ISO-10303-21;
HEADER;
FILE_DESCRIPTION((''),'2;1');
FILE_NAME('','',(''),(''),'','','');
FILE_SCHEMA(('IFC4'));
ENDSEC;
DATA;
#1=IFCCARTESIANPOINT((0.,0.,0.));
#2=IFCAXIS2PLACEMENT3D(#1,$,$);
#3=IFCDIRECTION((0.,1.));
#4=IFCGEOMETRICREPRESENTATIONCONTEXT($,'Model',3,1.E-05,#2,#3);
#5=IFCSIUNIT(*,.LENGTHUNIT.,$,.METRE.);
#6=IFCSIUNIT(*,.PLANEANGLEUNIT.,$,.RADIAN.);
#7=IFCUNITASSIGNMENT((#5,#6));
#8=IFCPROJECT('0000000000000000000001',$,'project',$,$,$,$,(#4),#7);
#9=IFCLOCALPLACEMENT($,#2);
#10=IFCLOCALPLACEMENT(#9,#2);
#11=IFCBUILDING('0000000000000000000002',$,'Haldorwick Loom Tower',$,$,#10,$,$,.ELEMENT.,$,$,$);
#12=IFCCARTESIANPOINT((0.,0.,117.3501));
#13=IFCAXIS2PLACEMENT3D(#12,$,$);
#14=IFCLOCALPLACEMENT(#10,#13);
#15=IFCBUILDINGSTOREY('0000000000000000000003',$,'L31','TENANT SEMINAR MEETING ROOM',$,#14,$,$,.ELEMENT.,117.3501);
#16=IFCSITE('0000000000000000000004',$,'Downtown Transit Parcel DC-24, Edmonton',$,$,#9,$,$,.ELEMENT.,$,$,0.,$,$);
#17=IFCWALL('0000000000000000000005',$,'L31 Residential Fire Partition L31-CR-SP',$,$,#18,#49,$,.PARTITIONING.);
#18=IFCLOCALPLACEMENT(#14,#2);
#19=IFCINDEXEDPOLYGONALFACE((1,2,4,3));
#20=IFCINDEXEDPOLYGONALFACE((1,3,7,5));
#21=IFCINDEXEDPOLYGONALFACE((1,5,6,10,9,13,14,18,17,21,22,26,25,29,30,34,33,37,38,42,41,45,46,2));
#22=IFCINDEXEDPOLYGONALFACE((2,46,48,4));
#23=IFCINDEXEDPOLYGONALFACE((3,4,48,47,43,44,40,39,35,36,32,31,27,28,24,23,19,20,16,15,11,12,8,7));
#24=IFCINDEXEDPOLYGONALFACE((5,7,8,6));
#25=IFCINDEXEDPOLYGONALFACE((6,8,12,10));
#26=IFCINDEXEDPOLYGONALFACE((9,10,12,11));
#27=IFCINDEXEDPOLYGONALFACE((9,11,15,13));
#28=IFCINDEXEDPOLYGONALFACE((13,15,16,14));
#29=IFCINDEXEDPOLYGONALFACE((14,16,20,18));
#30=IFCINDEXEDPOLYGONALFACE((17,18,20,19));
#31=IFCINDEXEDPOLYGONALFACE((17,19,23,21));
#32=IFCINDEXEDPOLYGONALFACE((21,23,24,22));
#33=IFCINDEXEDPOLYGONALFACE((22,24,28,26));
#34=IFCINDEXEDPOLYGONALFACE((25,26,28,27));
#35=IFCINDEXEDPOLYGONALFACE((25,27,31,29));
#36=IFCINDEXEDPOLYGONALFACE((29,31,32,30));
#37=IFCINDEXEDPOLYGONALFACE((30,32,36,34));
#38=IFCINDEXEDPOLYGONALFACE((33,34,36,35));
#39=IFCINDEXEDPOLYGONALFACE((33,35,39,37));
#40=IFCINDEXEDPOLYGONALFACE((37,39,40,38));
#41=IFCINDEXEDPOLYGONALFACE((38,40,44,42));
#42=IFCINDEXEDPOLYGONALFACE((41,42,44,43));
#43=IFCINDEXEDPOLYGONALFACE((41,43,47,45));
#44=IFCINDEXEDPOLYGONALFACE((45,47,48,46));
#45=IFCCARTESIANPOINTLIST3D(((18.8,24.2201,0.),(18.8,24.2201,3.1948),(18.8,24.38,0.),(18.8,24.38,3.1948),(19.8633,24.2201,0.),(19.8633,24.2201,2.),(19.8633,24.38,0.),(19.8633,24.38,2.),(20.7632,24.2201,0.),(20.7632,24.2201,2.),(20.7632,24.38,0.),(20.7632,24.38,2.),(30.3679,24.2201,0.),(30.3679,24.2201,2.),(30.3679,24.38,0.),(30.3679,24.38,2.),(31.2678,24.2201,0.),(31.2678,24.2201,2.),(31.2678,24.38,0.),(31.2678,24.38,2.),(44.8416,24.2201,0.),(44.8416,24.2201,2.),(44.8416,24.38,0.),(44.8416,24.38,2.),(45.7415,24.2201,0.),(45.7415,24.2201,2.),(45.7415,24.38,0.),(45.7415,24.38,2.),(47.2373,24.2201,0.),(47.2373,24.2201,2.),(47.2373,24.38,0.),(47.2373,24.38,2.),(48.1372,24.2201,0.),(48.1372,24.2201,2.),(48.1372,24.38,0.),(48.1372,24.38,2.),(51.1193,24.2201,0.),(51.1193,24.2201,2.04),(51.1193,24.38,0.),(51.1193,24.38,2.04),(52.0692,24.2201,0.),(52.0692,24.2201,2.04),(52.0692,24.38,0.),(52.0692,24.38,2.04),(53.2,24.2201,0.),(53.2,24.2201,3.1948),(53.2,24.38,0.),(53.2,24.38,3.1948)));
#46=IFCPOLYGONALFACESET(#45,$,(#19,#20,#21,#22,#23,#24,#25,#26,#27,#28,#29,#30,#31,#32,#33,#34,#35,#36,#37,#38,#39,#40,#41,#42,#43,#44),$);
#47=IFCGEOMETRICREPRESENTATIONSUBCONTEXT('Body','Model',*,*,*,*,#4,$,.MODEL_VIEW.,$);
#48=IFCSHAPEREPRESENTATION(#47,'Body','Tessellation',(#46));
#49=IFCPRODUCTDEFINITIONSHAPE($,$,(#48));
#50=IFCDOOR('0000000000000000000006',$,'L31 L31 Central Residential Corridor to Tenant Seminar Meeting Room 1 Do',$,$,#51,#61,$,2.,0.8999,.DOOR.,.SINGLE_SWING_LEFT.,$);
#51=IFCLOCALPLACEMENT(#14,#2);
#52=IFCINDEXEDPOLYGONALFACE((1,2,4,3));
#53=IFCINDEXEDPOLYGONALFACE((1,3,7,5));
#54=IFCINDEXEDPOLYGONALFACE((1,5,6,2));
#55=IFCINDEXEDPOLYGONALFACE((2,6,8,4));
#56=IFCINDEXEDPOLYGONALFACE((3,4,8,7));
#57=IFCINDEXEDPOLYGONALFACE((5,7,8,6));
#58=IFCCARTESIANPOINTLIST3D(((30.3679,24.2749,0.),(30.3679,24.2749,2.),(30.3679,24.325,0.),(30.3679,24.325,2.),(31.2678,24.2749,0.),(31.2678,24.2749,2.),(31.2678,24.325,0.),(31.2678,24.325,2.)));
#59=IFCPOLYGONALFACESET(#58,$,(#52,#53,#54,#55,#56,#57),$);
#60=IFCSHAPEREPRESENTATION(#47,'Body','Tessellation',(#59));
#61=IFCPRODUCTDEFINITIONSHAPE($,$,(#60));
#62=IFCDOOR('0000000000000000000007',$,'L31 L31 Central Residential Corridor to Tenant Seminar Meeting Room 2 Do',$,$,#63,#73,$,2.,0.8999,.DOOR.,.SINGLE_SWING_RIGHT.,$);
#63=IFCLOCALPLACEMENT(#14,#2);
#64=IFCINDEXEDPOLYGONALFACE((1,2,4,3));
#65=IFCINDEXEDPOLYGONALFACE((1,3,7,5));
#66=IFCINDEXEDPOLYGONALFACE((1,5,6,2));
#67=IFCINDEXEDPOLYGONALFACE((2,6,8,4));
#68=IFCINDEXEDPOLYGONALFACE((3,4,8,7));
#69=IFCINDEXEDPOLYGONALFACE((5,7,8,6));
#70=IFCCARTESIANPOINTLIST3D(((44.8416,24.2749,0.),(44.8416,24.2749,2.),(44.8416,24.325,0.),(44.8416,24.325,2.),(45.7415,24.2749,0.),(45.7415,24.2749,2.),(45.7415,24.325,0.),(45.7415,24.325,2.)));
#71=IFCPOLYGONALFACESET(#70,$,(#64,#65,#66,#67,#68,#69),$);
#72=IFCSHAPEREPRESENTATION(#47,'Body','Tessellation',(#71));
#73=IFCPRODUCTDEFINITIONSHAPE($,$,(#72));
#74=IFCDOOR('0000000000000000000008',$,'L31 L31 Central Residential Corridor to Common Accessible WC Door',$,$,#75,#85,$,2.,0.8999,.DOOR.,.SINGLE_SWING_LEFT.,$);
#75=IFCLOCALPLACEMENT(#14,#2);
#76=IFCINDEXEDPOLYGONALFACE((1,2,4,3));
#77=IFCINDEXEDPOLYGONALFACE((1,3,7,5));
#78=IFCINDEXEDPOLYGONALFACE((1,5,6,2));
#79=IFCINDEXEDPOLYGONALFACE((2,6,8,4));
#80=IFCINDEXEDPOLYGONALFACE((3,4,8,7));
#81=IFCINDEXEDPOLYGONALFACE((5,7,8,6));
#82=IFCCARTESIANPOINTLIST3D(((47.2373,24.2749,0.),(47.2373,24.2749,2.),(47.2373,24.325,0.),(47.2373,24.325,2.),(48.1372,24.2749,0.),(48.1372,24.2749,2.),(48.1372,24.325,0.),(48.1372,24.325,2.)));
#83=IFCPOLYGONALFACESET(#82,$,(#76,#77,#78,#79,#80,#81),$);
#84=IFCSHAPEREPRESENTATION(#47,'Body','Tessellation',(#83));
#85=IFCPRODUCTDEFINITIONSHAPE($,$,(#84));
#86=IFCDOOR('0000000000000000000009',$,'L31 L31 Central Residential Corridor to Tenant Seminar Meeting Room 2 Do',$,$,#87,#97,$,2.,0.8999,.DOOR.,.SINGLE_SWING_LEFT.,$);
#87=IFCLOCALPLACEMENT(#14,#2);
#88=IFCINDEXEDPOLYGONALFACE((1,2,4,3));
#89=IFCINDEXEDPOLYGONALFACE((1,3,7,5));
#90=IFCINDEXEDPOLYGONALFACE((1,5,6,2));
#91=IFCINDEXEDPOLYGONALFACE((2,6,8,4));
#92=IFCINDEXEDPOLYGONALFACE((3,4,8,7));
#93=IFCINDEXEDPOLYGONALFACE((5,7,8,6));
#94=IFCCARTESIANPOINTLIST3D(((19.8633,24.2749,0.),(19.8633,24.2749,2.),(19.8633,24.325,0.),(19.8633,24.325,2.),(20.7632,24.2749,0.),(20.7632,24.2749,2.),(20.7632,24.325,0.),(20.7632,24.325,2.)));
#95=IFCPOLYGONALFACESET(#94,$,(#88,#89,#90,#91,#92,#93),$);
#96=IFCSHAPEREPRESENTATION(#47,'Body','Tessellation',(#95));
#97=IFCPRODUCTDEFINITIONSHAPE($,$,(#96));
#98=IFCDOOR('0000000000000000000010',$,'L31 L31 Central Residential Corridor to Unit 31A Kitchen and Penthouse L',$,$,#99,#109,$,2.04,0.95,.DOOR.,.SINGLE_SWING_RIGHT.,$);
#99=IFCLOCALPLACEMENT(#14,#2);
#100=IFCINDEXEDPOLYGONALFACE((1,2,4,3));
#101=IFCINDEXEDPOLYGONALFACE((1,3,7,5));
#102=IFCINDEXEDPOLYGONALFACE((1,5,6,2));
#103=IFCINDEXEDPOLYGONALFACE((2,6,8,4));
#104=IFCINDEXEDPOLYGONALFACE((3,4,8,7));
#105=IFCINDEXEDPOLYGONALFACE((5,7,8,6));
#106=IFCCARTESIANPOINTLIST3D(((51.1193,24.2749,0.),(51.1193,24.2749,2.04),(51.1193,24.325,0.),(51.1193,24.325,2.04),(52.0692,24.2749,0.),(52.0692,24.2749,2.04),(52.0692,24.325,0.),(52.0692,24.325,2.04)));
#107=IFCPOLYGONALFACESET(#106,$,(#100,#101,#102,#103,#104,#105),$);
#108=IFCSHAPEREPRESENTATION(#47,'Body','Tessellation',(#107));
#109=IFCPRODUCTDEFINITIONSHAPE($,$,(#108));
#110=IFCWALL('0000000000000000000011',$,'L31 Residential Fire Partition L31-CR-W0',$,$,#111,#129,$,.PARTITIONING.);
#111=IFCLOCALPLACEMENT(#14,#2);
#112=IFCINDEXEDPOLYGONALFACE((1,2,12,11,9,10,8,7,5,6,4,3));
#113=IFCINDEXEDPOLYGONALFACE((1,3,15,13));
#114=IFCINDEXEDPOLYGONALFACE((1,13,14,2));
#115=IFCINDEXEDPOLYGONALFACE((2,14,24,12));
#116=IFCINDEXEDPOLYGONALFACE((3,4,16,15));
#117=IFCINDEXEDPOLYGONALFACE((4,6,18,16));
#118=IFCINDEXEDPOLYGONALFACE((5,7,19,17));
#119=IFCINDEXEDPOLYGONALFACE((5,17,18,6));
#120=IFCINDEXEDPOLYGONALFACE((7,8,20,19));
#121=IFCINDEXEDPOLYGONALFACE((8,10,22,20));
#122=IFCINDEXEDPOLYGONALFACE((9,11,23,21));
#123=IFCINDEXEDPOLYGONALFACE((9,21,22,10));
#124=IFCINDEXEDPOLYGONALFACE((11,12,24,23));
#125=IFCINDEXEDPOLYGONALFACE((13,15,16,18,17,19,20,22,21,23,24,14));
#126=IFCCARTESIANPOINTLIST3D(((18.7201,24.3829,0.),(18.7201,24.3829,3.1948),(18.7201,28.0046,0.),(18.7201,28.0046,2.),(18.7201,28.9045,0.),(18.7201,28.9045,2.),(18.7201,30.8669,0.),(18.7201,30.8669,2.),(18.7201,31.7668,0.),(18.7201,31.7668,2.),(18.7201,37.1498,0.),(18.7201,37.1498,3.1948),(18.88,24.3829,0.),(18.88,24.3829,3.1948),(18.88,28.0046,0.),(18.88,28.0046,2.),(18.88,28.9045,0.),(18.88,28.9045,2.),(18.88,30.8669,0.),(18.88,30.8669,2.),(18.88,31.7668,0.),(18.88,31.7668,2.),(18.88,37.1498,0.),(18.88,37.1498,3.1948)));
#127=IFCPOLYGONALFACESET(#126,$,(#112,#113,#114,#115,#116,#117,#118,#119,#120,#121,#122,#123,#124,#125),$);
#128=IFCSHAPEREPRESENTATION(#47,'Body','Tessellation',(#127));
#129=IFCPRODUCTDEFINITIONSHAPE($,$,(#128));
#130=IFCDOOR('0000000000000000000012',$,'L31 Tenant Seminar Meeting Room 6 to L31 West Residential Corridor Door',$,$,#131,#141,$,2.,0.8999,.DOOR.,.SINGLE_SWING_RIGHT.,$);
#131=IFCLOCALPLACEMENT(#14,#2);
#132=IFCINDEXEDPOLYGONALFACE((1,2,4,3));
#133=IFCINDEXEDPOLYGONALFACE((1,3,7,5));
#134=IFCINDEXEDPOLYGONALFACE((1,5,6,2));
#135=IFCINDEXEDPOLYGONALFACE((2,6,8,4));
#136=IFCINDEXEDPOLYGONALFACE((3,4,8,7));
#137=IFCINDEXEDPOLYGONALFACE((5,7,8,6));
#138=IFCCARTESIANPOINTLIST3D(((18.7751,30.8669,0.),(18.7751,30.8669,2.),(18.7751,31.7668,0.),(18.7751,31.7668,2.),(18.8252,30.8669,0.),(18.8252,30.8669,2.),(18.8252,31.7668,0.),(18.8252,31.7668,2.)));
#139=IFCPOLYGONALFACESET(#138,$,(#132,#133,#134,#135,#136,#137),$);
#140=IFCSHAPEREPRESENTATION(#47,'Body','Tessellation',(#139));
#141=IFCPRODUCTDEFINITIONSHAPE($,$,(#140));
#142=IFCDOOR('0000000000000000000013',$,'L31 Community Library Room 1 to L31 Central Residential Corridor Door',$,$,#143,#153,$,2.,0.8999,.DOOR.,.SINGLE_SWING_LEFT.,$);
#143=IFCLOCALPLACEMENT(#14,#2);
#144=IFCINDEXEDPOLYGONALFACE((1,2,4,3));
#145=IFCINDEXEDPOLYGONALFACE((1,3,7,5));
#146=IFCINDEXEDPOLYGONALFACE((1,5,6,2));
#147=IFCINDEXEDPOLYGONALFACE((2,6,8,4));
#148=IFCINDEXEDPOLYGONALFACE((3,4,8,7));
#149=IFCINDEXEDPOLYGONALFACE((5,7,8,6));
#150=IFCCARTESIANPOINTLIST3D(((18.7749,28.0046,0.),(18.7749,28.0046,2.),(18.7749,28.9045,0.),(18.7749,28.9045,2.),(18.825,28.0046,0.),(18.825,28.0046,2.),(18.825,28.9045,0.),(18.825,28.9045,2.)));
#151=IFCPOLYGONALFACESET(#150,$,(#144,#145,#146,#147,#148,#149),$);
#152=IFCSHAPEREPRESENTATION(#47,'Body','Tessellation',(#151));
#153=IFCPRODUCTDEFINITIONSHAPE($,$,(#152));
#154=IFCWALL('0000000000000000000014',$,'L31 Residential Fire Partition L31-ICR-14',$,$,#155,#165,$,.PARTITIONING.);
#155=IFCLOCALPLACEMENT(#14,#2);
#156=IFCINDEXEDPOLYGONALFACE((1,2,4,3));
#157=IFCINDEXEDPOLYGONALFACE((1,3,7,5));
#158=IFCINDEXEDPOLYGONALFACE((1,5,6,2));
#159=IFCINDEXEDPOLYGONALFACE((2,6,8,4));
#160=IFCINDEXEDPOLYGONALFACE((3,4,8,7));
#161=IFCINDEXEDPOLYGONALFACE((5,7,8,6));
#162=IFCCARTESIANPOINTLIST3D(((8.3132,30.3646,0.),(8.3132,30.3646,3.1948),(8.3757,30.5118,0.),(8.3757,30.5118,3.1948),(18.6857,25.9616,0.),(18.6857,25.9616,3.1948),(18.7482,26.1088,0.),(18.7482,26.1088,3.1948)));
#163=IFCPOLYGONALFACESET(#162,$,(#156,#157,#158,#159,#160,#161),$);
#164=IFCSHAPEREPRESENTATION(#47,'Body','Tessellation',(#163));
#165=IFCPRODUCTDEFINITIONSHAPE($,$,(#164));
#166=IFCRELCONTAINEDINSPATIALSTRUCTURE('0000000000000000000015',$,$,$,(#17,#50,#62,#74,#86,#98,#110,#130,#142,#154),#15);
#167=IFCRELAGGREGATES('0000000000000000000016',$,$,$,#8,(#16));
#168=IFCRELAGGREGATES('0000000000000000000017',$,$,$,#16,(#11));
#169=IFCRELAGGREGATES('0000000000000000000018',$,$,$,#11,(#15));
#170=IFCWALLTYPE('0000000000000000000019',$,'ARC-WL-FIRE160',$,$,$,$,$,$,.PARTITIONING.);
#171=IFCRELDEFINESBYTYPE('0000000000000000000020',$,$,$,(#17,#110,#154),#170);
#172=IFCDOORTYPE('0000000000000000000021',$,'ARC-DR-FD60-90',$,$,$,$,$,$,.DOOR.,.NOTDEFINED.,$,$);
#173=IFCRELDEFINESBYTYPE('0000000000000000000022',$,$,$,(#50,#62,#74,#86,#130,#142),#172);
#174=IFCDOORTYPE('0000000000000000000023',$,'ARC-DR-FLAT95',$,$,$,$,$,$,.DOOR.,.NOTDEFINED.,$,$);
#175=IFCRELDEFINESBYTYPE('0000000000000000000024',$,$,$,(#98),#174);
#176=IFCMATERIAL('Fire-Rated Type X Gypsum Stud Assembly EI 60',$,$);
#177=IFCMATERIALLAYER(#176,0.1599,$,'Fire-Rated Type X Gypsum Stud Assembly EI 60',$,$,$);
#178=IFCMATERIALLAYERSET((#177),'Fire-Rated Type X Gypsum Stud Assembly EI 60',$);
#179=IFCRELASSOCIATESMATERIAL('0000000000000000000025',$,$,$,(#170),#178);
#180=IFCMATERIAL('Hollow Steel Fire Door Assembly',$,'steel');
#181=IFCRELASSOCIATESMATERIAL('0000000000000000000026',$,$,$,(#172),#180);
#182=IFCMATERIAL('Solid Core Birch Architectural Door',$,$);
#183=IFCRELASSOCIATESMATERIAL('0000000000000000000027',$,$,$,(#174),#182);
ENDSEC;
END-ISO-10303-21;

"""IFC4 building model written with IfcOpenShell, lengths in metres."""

from ifc_helpers import new_model, si_unit, direction, frame, frame_2d, origin, place, context, subcontext, project, spatial, rectangle, extrude, material, layer, layer_set, type_object, element, fill, save


model = new_model("IFC4")

# Units and contexts
model_context = context("Model", 3, precision=1e-05, world=origin(), true_north=direction((0.0, 1.0)))
body_context = subcontext(model_context, "Body", "Model", "MODEL_VIEW")
ifc_project = project(units=[si_unit("LENGTHUNIT", "METRE"), si_unit("PLANEANGLEUNIT", "RADIAN")], contexts=[model_context])

# Site, building, storey
site_placement = place(None, origin())
site = spatial("IfcSite", under=ifc_project, at=site_placement, Name="Downtown Transit Parcel DC-24, Edmonton", CompositionType="ELEMENT", RefElevation=0.0)
building_placement = place(site_placement, origin())
building = spatial("IfcBuilding", under=site, at=building_placement, Name="Haldorwick Loom Tower", CompositionType="ELEMENT")
storey_placement = place(building_placement, frame((0.0, 0.0, 117.3501)))
storey = spatial("IfcBuildingStorey", under=building, at=storey_placement, Name="L31", Description="TENANT SEMINAR MEETING ROOM", CompositionType="ELEMENT", Elevation=117.3501)

# Walls, openings, doors
ifc_material_1 = material(Name="Fire-Rated Type X Gypsum Stud Assembly EI 60")
ifc_layer_1 = layer(ifc_material_1, 0.1599, Name="Fire-Rated Type X Gypsum Stud Assembly EI 60")
ifc_layer_set_1 = layer_set([ifc_layer_1], Name="Fire-Rated Type X Gypsum Stud Assembly EI 60")
wall_type_1 = type_object("IfcWallType", Name="ARC-WL-FIRE160", PredefinedType="PARTITIONING", material=ifc_layer_set_1)
wall_1_placement = place(storey_placement, frame((18.8, 24.3, 0.0), z_axis=(0.0, 0.0, 1.0), x_axis=(1.0, 0.0, 0.0)))
wall_1 = element("IfcWall", 1, at=wall_1_placement, inside=storey, type_object=wall_type_1, Name="L31 Residential Fire Partition L31-CR-SP", PredefinedType="PARTITIONING", context=body_context, shape_type="SweptSolid", body=[
    extrude(rectangle(XDim=34.3999, YDim=0.1599, at=frame_2d((17.2, 0.0))), origin(), (0.0, 0.0, 1.0), 3.1948),
])
opening_1_placement = place(wall_1_placement, frame((11.5679, 0.0, 0.0)))
opening_1 = element("IfcOpeningElement", 2, at=opening_1_placement, cuts=wall_1, PredefinedType="OPENING", context=body_context, shape_type="SweptSolid", body=[
    extrude(rectangle(XDim=0.8999, YDim=2.0, at=frame_2d((0.45, 1.0))), frame((0.0, 0.0898, 0.0), z_axis=(0.0, -1.0, 0.0), x_axis=(1.0, 0.0, 0.0)), (0.0, 0.0, 1.0), 0.1799),
])
opening_2_placement = place(wall_1_placement, frame((26.0415, 0.0, 0.0)))
opening_2 = element("IfcOpeningElement", 3, at=opening_2_placement, cuts=wall_1, PredefinedType="OPENING", context=body_context, shape_type="SweptSolid", body=[
    extrude(rectangle(XDim=0.8999, YDim=2.0, at=frame_2d((0.45, 1.0))), frame((0.0, 0.0898, 0.0), z_axis=(0.0, -1.0, 0.0), x_axis=(1.0, 0.0, 0.0)), (0.0, 0.0, 1.0), 0.1799),
])
opening_3_placement = place(wall_1_placement, frame((28.4373, 0.0, 0.0)))
opening_3 = element("IfcOpeningElement", 4, at=opening_3_placement, cuts=wall_1, PredefinedType="OPENING", context=body_context, shape_type="SweptSolid", body=[
    extrude(rectangle(XDim=0.8999, YDim=2.0, at=frame_2d((0.45, 1.0))), frame((0.0, 0.0898, 0.0), z_axis=(0.0, -1.0, 0.0), x_axis=(1.0, 0.0, 0.0)), (0.0, 0.0, 1.0), 0.1799),
])
opening_4_placement = place(wall_1_placement, frame((1.0632, 0.0, 0.0)))
opening_4 = element("IfcOpeningElement", 5, at=opening_4_placement, cuts=wall_1, PredefinedType="OPENING", context=body_context, shape_type="SweptSolid", body=[
    extrude(rectangle(XDim=0.8999, YDim=2.0, at=frame_2d((0.45, 1.0))), frame((0.0, 0.0898, 0.0), z_axis=(0.0, -1.0, 0.0), x_axis=(1.0, 0.0, 0.0)), (0.0, 0.0, 1.0), 0.1799),
])
opening_5_placement = place(wall_1_placement, frame((32.3191, 0.0, 0.0)))
opening_5 = element("IfcOpeningElement", 6, at=opening_5_placement, cuts=wall_1, PredefinedType="OPENING", context=body_context, shape_type="SweptSolid", body=[
    extrude(rectangle(XDim=0.95, YDim=2.04, at=frame_2d((0.4751, 1.02))), frame((0.0, 0.0898, 0.0), z_axis=(0.0, -1.0, 0.0), x_axis=(1.0, 0.0, 0.0)), (0.0, 0.0, 1.0), 0.1799),
])
ifc_material_2 = material(Name="Hollow Steel Fire Door Assembly", Category="steel")
door_type_1 = type_object("IfcDoorType", Name="ARC-DR-FD60-90", OperationType="NOTDEFINED", PredefinedType="DOOR", material=ifc_material_2)
door_1_placement = place(opening_1_placement, origin())
door_1 = element("IfcDoor", 7, at=door_1_placement, inside=storey, type_object=door_type_1, Name="L31 L31 Central Residential Corridor to Tenant Seminar Meeting Room 1 Do", OperationType="SINGLE_SWING_LEFT", OverallHeight=2.0, OverallWidth=0.8999, PredefinedType="DOOR", context=body_context, shape_type="SweptSolid", body=[
    extrude(rectangle(XDim=0.8999, YDim=2.0, at=frame_2d((0.45, 1.0))), frame((0.0, 0.0249, 0.0), z_axis=(0.0, -1.0, 0.0), x_axis=(1.0, 0.0, 0.0)), (0.0, 0.0, 1.0), 0.05),
])
fill(opening_1, door_1)
door_2_placement = place(opening_2_placement, origin())
door_2 = element("IfcDoor", 8, at=door_2_placement, inside=storey, type_object=door_type_1, Name="L31 L31 Central Residential Corridor to Tenant Seminar Meeting Room 2 Do", OperationType="SINGLE_SWING_RIGHT", OverallHeight=2.0, OverallWidth=0.8999, PredefinedType="DOOR", context=body_context, shape_type="SweptSolid", body=[
    extrude(rectangle(XDim=0.8999, YDim=2.0, at=frame_2d((0.45, 1.0))), frame((0.0, 0.0249, 0.0), z_axis=(0.0, -1.0, 0.0), x_axis=(1.0, 0.0, 0.0)), (0.0, 0.0, 1.0), 0.05),
])
fill(opening_2, door_2)
door_3_placement = place(opening_3_placement, origin())
door_3 = element("IfcDoor", 9, at=door_3_placement, inside=storey, type_object=door_type_1, Name="L31 L31 Central Residential Corridor to Common Accessible WC Door", OperationType="SINGLE_SWING_LEFT", OverallHeight=2.0, OverallWidth=0.8999, PredefinedType="DOOR", context=body_context, shape_type="SweptSolid", body=[
    extrude(rectangle(XDim=0.8999, YDim=2.0, at=frame_2d((0.45, 1.0))), frame((0.0, 0.0249, 0.0), z_axis=(0.0, -1.0, 0.0), x_axis=(1.0, 0.0, 0.0)), (0.0, 0.0, 1.0), 0.05),
])
fill(opening_3, door_3)
door_4_placement = place(opening_4_placement, origin())
door_4 = element("IfcDoor", 10, at=door_4_placement, inside=storey, type_object=door_type_1, Name="L31 L31 Central Residential Corridor to Tenant Seminar Meeting Room 2 Do", OperationType="SINGLE_SWING_LEFT", OverallHeight=2.0, OverallWidth=0.8999, PredefinedType="DOOR", context=body_context, shape_type="SweptSolid", body=[
    extrude(rectangle(XDim=0.8999, YDim=2.0, at=frame_2d((0.45, 1.0))), frame((0.0, 0.0249, 0.0), z_axis=(0.0, -1.0, 0.0), x_axis=(1.0, 0.0, 0.0)), (0.0, 0.0, 1.0), 0.05),
])
fill(opening_4, door_4)
ifc_material_3 = material(Name="Solid Core Birch Architectural Door")
door_type_2 = type_object("IfcDoorType", Name="ARC-DR-FLAT95", OperationType="NOTDEFINED", PredefinedType="DOOR", material=ifc_material_3)
door_5_placement = place(opening_5_placement, origin())
door_5 = element("IfcDoor", 11, at=door_5_placement, inside=storey, type_object=door_type_2, Name="L31 L31 Central Residential Corridor to Unit 31A Kitchen and Penthouse L", OperationType="SINGLE_SWING_RIGHT", OverallHeight=2.04, OverallWidth=0.95, PredefinedType="DOOR", context=body_context, shape_type="SweptSolid", body=[
    extrude(rectangle(XDim=0.95, YDim=2.04, at=frame_2d((0.4751, 1.02))), frame((0.0, 0.0249, 0.0), z_axis=(0.0, -1.0, 0.0), x_axis=(1.0, 0.0, 0.0)), (0.0, 0.0, 1.0), 0.05),
])
fill(opening_5, door_5)
wall_2_placement = place(storey_placement, frame((18.8, 24.3831, 0.0), z_axis=(0.0, 0.0, 1.0), x_axis=(0.0, 1.0, 0.0)))
wall_2 = element("IfcWall", 12, at=wall_2_placement, inside=storey, type_object=wall_type_1, Name="L31 Residential Fire Partition L31-CR-W0", PredefinedType="PARTITIONING", context=body_context, shape_type="SweptSolid", body=[
    extrude(rectangle(XDim=12.7668, YDim=0.1599, at=frame_2d((6.3833, 0.0))), origin(), (0.0, 0.0, 1.0), 3.1948),
])
opening_6_placement = place(wall_2_placement, frame((6.4839, 0.0, 0.0)))
opening_6 = element("IfcOpeningElement", 13, at=opening_6_placement, cuts=wall_2, PredefinedType="OPENING", context=body_context, shape_type="SweptSolid", body=[
    extrude(rectangle(XDim=0.8999, YDim=2.0, at=frame_2d((0.45, 1.0))), frame((0.0, 0.0898, 0.0), z_axis=(0.0, -1.0, 0.0), x_axis=(1.0, 0.0, 0.0)), (0.0, 0.0, 1.0), 0.1799),
])
opening_7_placement = place(wall_2_placement, frame((3.6216, 0.0, 0.0)))
opening_7 = element("IfcOpeningElement", 14, at=opening_7_placement, cuts=wall_2, PredefinedType="OPENING", context=body_context, shape_type="SweptSolid", body=[
    extrude(rectangle(XDim=0.8999, YDim=2.0, at=frame_2d((0.45, 1.0))), frame((0.0, 0.0898, 0.0), z_axis=(0.0, -1.0, 0.0), x_axis=(1.0, 0.0, 0.0)), (0.0, 0.0, 1.0), 0.1799),
])
door_6_placement = place(opening_6_placement, origin())
door_6 = element("IfcDoor", 15, at=door_6_placement, inside=storey, type_object=door_type_1, Name="L31 Tenant Seminar Meeting Room 6 to L31 West Residential Corridor Door", OperationType="SINGLE_SWING_RIGHT", OverallHeight=2.0, OverallWidth=0.8999, PredefinedType="DOOR", context=body_context, shape_type="SweptSolid", body=[
    extrude(rectangle(XDim=0.8999, YDim=2.0, at=frame_2d((0.45, 1.0))), frame((0.0, 0.0249, 0.0), z_axis=(0.0, -1.0, 0.0), x_axis=(1.0, 0.0, 0.0)), (0.0, 0.0, 1.0), 0.05),
])
fill(opening_6, door_6)
door_7_placement = place(opening_7_placement, frame((0.8999, 0.0, 0.0), z_axis=(0.0, 0.0, 1.0), x_axis=(-1.0, 0.0, 0.0)))
door_7 = element("IfcDoor", 16, at=door_7_placement, inside=storey, type_object=door_type_1, Name="L31 Community Library Room 1 to L31 Central Residential Corridor Door", OperationType="SINGLE_SWING_LEFT", OverallHeight=2.0, OverallWidth=0.8999, PredefinedType="DOOR", context=body_context, shape_type="SweptSolid", body=[
    extrude(rectangle(XDim=0.8999, YDim=2.0, at=frame_2d((0.45, 1.0))), frame((0.0, 0.0249, 0.0), z_axis=(0.0, -1.0, 0.0), x_axis=(1.0, 0.0, 0.0)), (0.0, 0.0, 1.0), 0.05),
])
fill(opening_7, door_7)

# Wall
wall_3_placement = place(storey_placement, frame((18.717, 26.0352, 0.0), z_axis=(0.0, 0.0, 1.0), x_axis=(-0.920499, 0.390745, 0.0)))
element("IfcWall", 17, at=wall_3_placement, inside=storey, type_object=wall_type_1, Name="L31 Residential Fire Partition L31-ICR-14", PredefinedType="PARTITIONING", context=body_context, shape_type="SweptSolid", body=[
    extrude(rectangle(XDim=11.2683, YDim=0.1599, at=frame_2d((5.6343, 0.0))), origin(), (0.0, 0.0, 1.0), 3.1948),
])

save(model, "model.ifc")
